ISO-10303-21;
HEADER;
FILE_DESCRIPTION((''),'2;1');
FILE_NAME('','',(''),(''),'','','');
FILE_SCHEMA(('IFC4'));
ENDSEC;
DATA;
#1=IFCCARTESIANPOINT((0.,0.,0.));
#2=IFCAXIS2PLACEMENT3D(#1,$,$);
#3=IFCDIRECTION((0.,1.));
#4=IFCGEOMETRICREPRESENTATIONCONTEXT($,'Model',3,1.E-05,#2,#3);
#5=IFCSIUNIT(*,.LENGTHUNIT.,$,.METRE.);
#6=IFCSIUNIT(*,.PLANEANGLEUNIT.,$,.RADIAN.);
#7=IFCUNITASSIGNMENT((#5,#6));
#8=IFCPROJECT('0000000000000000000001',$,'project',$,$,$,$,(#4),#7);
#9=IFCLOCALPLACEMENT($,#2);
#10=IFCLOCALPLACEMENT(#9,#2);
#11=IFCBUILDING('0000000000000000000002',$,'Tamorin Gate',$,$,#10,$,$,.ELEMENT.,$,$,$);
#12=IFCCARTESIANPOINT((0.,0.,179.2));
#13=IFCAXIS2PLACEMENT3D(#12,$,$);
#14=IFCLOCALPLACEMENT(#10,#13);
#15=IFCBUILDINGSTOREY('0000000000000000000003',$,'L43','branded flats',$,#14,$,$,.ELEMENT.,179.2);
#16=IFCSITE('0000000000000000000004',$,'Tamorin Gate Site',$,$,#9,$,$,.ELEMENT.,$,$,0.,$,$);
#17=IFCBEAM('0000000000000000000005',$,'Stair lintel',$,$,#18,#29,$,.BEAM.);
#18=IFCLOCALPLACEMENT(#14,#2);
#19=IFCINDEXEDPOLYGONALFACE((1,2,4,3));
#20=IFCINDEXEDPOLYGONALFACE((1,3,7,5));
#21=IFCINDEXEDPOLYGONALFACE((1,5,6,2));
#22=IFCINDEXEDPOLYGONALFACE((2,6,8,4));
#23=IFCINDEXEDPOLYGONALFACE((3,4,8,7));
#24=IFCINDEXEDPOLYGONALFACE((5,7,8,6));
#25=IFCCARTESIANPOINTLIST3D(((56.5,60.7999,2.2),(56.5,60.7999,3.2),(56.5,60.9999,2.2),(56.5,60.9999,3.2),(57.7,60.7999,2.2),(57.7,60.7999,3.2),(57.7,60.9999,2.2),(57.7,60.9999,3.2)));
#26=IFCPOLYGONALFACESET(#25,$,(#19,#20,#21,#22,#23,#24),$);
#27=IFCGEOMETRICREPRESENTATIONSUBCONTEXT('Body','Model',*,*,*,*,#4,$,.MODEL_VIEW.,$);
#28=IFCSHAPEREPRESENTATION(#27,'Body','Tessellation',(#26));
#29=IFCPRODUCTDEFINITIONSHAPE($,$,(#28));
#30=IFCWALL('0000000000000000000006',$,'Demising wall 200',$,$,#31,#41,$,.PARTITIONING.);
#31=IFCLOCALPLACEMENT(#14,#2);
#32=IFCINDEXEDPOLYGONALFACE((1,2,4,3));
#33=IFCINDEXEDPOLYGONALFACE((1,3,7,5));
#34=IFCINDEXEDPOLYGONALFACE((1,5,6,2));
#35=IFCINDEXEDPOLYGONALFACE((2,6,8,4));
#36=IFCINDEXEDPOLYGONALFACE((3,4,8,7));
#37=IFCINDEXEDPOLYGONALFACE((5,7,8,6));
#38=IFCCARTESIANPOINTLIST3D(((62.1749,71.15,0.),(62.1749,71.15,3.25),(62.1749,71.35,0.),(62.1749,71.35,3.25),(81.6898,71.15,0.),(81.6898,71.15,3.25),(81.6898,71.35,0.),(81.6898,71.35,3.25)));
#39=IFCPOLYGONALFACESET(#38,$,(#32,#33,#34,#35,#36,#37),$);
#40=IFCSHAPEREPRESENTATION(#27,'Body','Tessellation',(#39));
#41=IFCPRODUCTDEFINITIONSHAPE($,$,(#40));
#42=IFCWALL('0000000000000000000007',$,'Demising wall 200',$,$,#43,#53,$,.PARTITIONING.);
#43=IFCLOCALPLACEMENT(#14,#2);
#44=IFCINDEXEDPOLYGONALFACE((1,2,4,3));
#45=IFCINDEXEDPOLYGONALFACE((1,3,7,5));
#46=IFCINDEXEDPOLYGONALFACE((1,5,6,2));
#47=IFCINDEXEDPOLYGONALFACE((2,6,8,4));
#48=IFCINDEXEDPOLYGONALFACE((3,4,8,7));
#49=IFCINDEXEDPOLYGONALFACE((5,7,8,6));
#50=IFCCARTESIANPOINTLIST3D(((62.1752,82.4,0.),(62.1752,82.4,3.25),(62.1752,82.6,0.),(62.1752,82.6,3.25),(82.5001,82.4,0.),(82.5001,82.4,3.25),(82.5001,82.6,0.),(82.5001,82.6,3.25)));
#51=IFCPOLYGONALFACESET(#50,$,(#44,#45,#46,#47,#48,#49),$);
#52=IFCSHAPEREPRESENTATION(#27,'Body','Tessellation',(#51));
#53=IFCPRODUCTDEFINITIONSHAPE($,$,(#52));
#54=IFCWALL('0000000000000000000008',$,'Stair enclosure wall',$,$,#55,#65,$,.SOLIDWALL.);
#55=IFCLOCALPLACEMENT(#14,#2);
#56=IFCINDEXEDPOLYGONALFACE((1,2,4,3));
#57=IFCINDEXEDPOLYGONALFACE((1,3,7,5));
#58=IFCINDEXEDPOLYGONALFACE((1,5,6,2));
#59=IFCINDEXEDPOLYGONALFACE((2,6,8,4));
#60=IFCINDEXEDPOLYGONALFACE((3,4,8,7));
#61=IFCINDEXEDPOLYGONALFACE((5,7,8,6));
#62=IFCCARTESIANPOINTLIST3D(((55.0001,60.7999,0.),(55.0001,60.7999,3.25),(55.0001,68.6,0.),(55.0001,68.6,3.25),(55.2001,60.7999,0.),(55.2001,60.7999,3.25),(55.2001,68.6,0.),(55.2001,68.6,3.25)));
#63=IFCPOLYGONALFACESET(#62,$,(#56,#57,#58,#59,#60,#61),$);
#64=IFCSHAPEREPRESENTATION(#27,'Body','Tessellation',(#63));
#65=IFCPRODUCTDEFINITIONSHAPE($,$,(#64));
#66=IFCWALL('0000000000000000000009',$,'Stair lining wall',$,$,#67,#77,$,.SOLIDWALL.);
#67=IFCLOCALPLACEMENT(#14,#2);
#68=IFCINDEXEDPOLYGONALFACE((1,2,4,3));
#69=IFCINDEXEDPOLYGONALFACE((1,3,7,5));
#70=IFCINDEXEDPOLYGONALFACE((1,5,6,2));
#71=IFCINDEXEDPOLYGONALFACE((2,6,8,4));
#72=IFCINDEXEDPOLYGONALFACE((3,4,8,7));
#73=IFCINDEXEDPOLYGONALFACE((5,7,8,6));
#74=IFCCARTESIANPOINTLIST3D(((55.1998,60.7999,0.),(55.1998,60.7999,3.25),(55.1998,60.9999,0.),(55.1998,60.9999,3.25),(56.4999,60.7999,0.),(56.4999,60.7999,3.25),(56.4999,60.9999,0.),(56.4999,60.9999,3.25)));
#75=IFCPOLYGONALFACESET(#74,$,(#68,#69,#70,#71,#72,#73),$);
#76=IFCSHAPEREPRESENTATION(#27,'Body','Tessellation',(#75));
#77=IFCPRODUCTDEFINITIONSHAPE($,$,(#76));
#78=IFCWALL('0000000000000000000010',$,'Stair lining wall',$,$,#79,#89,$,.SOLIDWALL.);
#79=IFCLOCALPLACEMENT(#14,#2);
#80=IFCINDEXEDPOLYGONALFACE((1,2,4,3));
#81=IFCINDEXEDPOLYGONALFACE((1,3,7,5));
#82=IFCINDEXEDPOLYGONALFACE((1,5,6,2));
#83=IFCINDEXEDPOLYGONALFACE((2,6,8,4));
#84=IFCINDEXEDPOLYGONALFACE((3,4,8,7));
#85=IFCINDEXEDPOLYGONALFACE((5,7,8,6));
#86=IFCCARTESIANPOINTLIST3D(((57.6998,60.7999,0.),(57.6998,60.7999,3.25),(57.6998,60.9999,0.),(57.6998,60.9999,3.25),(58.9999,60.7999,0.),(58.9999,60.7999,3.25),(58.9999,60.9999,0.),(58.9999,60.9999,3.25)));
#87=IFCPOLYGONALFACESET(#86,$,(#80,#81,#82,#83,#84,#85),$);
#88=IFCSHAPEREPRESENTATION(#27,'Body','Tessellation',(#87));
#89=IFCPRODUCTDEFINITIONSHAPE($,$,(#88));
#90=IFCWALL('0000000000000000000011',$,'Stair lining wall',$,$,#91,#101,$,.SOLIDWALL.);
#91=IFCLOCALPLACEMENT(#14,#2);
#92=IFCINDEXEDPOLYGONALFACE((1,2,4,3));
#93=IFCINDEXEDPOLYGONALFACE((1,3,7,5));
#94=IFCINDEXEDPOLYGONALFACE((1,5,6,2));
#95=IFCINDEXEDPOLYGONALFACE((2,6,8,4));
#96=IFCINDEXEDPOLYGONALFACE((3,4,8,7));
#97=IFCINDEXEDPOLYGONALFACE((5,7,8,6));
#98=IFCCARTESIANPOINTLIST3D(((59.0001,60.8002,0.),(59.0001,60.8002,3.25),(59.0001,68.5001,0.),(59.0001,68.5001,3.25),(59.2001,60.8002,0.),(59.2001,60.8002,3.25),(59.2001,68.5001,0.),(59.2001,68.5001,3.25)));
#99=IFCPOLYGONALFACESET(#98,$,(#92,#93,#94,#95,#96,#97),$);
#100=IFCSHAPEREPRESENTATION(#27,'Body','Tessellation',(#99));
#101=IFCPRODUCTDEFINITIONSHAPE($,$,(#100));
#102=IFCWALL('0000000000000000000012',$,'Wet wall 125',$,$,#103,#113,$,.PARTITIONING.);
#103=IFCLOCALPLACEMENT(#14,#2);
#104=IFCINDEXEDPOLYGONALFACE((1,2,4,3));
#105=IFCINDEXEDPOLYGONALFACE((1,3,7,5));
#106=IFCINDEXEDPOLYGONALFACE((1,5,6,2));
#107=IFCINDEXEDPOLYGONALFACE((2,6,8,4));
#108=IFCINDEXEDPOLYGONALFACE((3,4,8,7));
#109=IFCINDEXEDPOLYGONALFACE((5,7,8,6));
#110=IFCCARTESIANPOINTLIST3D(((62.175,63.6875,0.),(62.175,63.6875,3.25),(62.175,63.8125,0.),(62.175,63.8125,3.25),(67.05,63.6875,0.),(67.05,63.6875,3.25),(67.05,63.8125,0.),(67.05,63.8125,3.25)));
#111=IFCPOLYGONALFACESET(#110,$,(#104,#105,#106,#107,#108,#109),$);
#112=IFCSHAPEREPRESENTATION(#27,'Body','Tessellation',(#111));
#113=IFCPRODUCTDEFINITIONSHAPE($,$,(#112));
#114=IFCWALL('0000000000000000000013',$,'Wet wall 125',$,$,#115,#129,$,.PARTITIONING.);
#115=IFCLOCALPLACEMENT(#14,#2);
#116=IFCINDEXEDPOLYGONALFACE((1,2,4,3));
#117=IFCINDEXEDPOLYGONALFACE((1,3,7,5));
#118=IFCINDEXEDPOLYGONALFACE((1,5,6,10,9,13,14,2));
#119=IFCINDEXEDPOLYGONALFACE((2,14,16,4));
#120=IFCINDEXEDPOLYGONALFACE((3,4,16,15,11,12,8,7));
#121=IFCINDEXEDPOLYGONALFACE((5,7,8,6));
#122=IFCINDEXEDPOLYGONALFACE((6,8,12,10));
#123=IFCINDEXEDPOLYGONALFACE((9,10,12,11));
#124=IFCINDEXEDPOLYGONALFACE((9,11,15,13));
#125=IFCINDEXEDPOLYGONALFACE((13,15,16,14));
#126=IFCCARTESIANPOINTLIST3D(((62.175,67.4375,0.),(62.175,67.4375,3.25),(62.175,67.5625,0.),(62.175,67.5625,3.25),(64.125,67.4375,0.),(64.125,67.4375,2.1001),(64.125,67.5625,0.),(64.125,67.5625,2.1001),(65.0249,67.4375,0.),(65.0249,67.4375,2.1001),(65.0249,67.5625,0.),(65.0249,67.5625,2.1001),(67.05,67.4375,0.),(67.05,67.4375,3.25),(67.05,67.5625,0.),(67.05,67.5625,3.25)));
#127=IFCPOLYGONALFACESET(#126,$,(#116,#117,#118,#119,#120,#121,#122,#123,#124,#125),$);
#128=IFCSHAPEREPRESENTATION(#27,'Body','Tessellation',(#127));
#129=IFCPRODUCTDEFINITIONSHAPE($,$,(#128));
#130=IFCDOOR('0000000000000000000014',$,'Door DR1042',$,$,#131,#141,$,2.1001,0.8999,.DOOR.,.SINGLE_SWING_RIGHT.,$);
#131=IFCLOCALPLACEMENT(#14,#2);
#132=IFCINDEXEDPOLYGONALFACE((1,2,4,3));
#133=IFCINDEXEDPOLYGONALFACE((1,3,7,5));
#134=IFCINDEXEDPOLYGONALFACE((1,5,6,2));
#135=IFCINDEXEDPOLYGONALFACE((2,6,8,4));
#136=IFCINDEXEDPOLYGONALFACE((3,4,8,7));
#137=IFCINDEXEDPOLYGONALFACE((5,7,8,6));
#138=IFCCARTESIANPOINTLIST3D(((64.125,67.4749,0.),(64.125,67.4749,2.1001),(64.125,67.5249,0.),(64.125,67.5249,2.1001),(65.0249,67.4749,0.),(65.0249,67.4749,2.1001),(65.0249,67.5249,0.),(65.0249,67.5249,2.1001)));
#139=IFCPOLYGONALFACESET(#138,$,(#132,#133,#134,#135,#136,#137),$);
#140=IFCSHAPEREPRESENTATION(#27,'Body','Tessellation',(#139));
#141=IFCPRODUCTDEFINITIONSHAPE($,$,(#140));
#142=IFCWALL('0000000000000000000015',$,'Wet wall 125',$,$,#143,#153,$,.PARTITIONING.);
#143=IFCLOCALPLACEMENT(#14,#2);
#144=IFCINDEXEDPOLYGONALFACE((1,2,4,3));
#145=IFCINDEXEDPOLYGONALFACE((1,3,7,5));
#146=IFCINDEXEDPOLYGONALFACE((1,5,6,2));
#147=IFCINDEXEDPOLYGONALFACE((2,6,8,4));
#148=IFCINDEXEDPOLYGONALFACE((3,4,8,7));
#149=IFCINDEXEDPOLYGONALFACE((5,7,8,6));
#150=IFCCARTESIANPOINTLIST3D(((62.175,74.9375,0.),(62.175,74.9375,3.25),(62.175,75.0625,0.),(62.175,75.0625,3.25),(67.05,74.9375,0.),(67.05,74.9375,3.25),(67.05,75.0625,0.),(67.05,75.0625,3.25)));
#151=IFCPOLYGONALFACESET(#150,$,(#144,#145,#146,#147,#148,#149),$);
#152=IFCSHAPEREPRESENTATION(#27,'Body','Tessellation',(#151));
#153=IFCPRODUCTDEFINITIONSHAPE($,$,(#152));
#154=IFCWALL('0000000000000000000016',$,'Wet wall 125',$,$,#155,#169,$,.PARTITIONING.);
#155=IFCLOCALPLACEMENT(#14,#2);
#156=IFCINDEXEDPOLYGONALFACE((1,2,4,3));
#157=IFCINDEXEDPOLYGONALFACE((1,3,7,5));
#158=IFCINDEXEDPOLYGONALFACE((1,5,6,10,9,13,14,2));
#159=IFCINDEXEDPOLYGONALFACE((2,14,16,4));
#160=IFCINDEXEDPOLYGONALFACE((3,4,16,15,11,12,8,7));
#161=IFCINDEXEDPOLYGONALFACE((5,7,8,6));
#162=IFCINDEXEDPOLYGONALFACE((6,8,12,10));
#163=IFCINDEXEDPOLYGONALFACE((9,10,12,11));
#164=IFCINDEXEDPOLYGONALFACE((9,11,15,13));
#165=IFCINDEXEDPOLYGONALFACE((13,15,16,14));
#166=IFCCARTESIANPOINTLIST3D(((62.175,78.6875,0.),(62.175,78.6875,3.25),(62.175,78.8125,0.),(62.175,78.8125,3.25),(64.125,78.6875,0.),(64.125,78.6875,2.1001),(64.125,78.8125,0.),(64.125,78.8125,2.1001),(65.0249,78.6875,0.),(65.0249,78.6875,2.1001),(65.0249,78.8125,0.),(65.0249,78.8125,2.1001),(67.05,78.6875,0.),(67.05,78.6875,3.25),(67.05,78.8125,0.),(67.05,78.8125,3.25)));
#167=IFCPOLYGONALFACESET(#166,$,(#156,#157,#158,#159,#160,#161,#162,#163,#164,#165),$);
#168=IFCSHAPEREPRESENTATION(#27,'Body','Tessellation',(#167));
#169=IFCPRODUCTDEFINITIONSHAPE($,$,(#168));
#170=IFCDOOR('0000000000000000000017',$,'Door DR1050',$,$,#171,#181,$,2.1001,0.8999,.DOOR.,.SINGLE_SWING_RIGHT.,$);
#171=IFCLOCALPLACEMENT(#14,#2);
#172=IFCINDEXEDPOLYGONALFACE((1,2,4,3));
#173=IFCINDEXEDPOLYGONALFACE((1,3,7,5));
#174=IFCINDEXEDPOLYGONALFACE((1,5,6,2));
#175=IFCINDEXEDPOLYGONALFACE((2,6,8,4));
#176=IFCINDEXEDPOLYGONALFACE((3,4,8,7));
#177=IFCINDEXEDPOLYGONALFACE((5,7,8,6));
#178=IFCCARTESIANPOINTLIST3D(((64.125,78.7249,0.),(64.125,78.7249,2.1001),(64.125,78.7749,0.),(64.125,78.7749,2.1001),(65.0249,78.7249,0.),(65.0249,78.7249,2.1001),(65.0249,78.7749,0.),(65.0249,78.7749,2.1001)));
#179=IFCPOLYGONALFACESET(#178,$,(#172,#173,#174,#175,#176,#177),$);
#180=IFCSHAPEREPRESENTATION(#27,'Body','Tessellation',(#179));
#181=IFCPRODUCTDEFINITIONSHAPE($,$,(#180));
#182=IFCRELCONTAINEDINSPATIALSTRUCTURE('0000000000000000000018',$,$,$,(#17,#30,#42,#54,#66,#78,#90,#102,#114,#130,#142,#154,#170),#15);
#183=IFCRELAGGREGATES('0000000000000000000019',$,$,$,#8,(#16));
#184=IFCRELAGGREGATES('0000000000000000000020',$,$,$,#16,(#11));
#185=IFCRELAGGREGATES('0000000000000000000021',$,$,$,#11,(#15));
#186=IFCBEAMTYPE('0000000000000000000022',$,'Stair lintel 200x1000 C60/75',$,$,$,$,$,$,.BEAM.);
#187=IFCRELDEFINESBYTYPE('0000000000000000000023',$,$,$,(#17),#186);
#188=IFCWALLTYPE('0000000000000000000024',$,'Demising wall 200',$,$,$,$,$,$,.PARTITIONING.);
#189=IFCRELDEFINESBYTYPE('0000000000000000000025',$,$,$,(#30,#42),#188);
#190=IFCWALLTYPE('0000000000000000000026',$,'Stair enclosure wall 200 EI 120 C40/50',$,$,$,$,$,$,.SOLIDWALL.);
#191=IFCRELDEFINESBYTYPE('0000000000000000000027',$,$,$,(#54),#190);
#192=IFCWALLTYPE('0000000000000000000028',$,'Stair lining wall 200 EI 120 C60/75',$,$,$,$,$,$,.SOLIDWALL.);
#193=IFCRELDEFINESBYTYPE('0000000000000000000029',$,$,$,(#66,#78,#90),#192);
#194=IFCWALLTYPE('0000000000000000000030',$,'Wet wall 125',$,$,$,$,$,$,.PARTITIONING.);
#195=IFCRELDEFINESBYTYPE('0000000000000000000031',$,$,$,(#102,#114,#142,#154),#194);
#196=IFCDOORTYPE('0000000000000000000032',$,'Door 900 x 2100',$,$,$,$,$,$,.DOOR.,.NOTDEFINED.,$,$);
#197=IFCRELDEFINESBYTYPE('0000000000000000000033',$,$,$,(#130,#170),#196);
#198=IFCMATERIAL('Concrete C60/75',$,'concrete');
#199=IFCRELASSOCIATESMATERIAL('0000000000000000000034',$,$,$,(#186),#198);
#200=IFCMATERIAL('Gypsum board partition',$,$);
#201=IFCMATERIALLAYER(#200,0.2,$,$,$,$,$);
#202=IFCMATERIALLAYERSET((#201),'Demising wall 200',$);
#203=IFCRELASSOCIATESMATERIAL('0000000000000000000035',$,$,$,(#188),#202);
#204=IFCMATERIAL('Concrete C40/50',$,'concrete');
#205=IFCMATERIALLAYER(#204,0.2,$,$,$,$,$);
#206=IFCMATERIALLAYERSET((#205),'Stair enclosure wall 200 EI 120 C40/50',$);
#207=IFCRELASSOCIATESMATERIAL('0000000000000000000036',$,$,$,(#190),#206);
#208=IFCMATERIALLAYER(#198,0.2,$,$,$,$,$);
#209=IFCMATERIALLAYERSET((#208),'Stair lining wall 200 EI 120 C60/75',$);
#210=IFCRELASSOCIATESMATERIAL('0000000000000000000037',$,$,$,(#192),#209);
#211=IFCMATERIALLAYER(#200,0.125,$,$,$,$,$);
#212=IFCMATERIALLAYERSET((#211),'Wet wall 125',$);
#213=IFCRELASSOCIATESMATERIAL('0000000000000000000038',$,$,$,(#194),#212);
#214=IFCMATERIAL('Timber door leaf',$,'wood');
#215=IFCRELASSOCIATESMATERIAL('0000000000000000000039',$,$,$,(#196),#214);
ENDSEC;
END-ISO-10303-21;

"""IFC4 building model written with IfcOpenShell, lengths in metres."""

from ifc_helpers import new_model, si_unit, direction, frame, frame_2d, origin, origin_2d, place, context, subcontext, project, spatial, rectangle, extrude, material, layer, layer_set, material_profile, profile_set, type_object, element, fill, save


model = new_model("IFC4")

# Units and contexts
model_context = context("Model", 3, precision=1e-05, world=origin(), true_north=direction((0.0, 1.0)))
body_context = subcontext(model_context, "Body", "Model", "MODEL_VIEW")
ifc_project = project(units=[si_unit("LENGTHUNIT", "METRE"), si_unit("PLANEANGLEUNIT", "RADIAN")], contexts=[model_context])

# Site, building, storey
site_placement = place(None, origin())
site = spatial("IfcSite", under=ifc_project, at=site_placement, Name="Tamorin Gate Site", CompositionType="ELEMENT", RefElevation=0.0)
building_placement = place(site_placement, origin())
building = spatial("IfcBuilding", under=site, at=building_placement, Name="Tamorin Gate", CompositionType="ELEMENT")
storey_placement = place(building_placement, frame((0.0, 0.0, 179.2)))
storey = spatial("IfcBuildingStorey", under=building, at=storey_placement, Name="L43", Description="branded flats", CompositionType="ELEMENT", Elevation=179.2)

# Beam
ifc_material_1 = material(Name="Concrete C60/75", Category="concrete")
ifc_material_profile = material_profile(ifc_material_1, rectangle(XDim=0.2, YDim=1.0, at=origin_2d()))
ifc_profile_set = profile_set([ifc_material_profile], Name="Concrete C60/75")
beam_type = type_object("IfcBeamType", Name="Stair lintel 200x1000 C60/75", PredefinedType="BEAM", material=ifc_profile_set)
beam_placement = place(storey_placement, frame((56.5, 60.8999, 2.7), z_axis=(1.0, 0.0, 0.0), x_axis=(0.0, 1.0, 0.0)))
element("IfcBeam", 1, at=beam_placement, inside=storey, type_object=beam_type, Name="Stair lintel", PredefinedType="BEAM", context=body_context, shape_type="SweptSolid", body=[
    extrude(rectangle(XDim=0.2, YDim=1.0, at=origin_2d()), origin(), (0.0, 0.0, 1.0), 1.2),
])

# Walls
ifc_material_2 = material(Name="Gypsum board partition")
ifc_layer_1 = layer(ifc_material_2, 0.2)
ifc_layer_set_1 = layer_set([ifc_layer_1], Name="Demising wall 200")
wall_type_1 = type_object("IfcWallType", Name="Demising wall 200", PredefinedType="PARTITIONING", material=ifc_layer_set_1)
wall_1_placement = place(storey_placement, frame((62.175, 71.25, 0.0), z_axis=(0.0, 0.0, 1.0), x_axis=(1.0, 0.0, 0.0)))
element("IfcWall", 2, at=wall_1_placement, inside=storey, type_object=wall_type_1, Name="Demising wall 200", PredefinedType="PARTITIONING", context=body_context, shape_type="SweptSolid", body=[
    extrude(rectangle(XDim=19.5149, YDim=0.2, at=frame_2d((9.7573, 0.0))), origin(), (0.0, 0.0, 1.0), 3.25),
])
wall_2_placement = place(storey_placement, frame((62.175, 82.5, 0.0), z_axis=(0.0, 0.0, 1.0), x_axis=(1.0, 0.0, 0.0)))
element("IfcWall", 3, at=wall_2_placement, inside=storey, type_object=wall_type_1, Name="Demising wall 200", PredefinedType="PARTITIONING", context=body_context, shape_type="SweptSolid", body=[
    extrude(rectangle(XDim=20.325, YDim=0.2, at=frame_2d((10.1626, 0.0))), origin(), (0.0, 0.0, 1.0), 3.25),
])
ifc_material_3 = material(Name="Concrete C40/50", Category="concrete")
ifc_layer_2 = layer(ifc_material_3, 0.2)
ifc_layer_set_2 = layer_set([ifc_layer_2], Name="Stair enclosure wall 200 EI 120 C40/50")
wall_type_2 = type_object("IfcWallType", Name="Stair enclosure wall 200 EI 120 C40/50", PredefinedType="SOLIDWALL", material=ifc_layer_set_2)
wall_3_placement = place(storey_placement, frame((55.1001, 60.8, 0.0), z_axis=(0.0, 0.0, 1.0), x_axis=(0.0, 1.0, 0.0)))
element("IfcWall", 4, at=wall_3_placement, inside=storey, type_object=wall_type_2, Name="Stair enclosure wall", PredefinedType="SOLIDWALL", context=body_context, shape_type="SweptSolid", body=[
    extrude(rectangle(XDim=7.8, YDim=0.2, at=frame_2d((3.8999, 0.0))), origin(), (0.0, 0.0, 1.0), 3.25),
])
ifc_layer_3 = layer(ifc_material_1, 0.2)
ifc_layer_set_3 = layer_set([ifc_layer_3], Name="Stair lining wall 200 EI 120 C60/75")
wall_type_3 = type_object("IfcWallType", Name="Stair lining wall 200 EI 120 C60/75", PredefinedType="SOLIDWALL", material=ifc_layer_set_3)
for number, where, z_axis, x_axis, name in (
    (5, (55.2, 60.8999, 0.0), (0.0, 0.0, 1.0), (1.0, 0.0, 0.0), "Stair lining wall"),
    (6, (57.7, 60.8999, 0.0), (0.0, 0.0, 1.0), (1.0, 0.0, 0.0), "Stair lining wall"),
):
    element("IfcWall", number, at=place(storey_placement, frame(where, z_axis=z_axis, x_axis=x_axis)), inside=storey, type_object=wall_type_3, Name=name, PredefinedType="SOLIDWALL", context=body_context, shape_type="SweptSolid", body=[
        extrude(rectangle(XDim=1.3, YDim=0.2, at=frame_2d((0.6499, 0.0))), origin(), (0.0, 0.0, 1.0), 3.25),
    ])
wall_4_placement = place(storey_placement, frame((59.1001, 60.8, 0.0), z_axis=(0.0, 0.0, 1.0), x_axis=(0.0, 1.0, 0.0)))
element("IfcWall", 7, at=wall_4_placement, inside=storey, type_object=wall_type_3, Name="Stair lining wall", PredefinedType="SOLIDWALL", context=body_context, shape_type="SweptSolid", body=[
    extrude(rectangle(XDim=7.7, YDim=0.2, at=frame_2d((3.8501, 0.0))), origin(), (0.0, 0.0, 1.0), 3.25),
])
ifc_layer_4 = layer(ifc_material_2, 0.125)
ifc_layer_set_4 = layer_set([ifc_layer_4], Name="Wet wall 125")
wall_type_4 = type_object("IfcWallType", Name="Wet wall 125", PredefinedType="PARTITIONING", material=ifc_layer_set_4)
wall_5_placement = place(storey_placement, frame((62.175, 63.75, 0.0), z_axis=(0.0, 0.0, 1.0), x_axis=(1.0, 0.0, 0.0)))
element("IfcWall", 8, at=wall_5_placement, inside=storey, type_object=wall_type_4, Name="Wet wall 125", PredefinedType="PARTITIONING", context=body_context, shape_type="SweptSolid", body=[
    extrude(rectangle(XDim=4.875, YDim=0.125, at=frame_2d((2.4375, 0.0))), origin(), (0.0, 0.0, 1.0), 3.25),
])

# Wall, opening, door
wall_6_placement = place(storey_placement, frame((62.175, 67.5, 0.0), z_axis=(0.0, 0.0, 1.0), x_axis=(1.0, 0.0, 0.0)))
wall_6 = element("IfcWall", 9, at=wall_6_placement, inside=storey, type_object=wall_type_4, Name="Wet wall 125", PredefinedType="PARTITIONING", context=body_context, shape_type="SweptSolid", body=[
    extrude(rectangle(XDim=4.875, YDim=0.125, at=frame_2d((2.4375, 0.0))), origin(), (0.0, 0.0, 1.0), 3.25),
])
opening_1_placement = place(wall_6_placement, frame((1.95, 0.0, 0.0)))
opening_1 = element("IfcOpeningElement", 10, at=opening_1_placement, cuts=wall_6, PredefinedType="OPENING", context=body_context, shape_type="SweptSolid", body=[
    extrude(rectangle(XDim=0.8999, YDim=2.1001, at=frame_2d((0.45, 1.05))), frame((0.0, 0.0725, 0.0), z_axis=(0.0, -1.0, 0.0), x_axis=(1.0, 0.0, 0.0)), (0.0, 0.0, 1.0), 0.145),
])
ifc_material_4 = material(Name="Timber door leaf", Category="wood")
door_type = type_object("IfcDoorType", Name="Door 900 x 2100", OperationType="NOTDEFINED", PredefinedType="DOOR", material=ifc_material_4)
door_1_placement = place(opening_1_placement, origin())
door_1 = element("IfcDoor", 11, at=door_1_placement, inside=storey, type_object=door_type, Name="Door DR1042", OperationType="SINGLE_SWING_RIGHT", OverallHeight=2.1001, OverallWidth=0.8999, PredefinedType="DOOR", context=body_context, shape_type="SweptSolid", body=[
    extrude(rectangle(XDim=0.8999, YDim=2.1001, at=frame_2d((0.45, 1.05))), frame((0.0, 0.0249, 0.0), z_axis=(0.0, -1.0, 0.0), x_axis=(1.0, 0.0, 0.0)), (0.0, 0.0, 1.0), 0.05),
])
fill(opening_1, door_1)

# Wall
wall_7_placement = place(storey_placement, frame((62.175, 75.0, 0.0), z_axis=(0.0, 0.0, 1.0), x_axis=(1.0, 0.0, 0.0)))
element("IfcWall", 12, at=wall_7_placement, inside=storey, type_object=wall_type_4, Name="Wet wall 125", PredefinedType="PARTITIONING", context=body_context, shape_type="SweptSolid", body=[
    extrude(rectangle(XDim=4.875, YDim=0.125, at=frame_2d((2.4375, 0.0))), origin(), (0.0, 0.0, 1.0), 3.25),
])

# Wall, opening, door
wall_8_placement = place(storey_placement, frame((62.175, 78.75, 0.0), z_axis=(0.0, 0.0, 1.0), x_axis=(1.0, 0.0, 0.0)))
wall_8 = element("IfcWall", 13, at=wall_8_placement, inside=storey, type_object=wall_type_4, Name="Wet wall 125", PredefinedType="PARTITIONING", context=body_context, shape_type="SweptSolid", body=[
    extrude(rectangle(XDim=4.875, YDim=0.125, at=frame_2d((2.4375, 0.0))), origin(), (0.0, 0.0, 1.0), 3.25),
])
opening_2_placement = place(wall_8_placement, frame((1.95, 0.0, 0.0)))
opening_2 = element("IfcOpeningElement", 14, at=opening_2_placement, cuts=wall_8, PredefinedType="OPENING", context=body_context, shape_type="SweptSolid", body=[
    extrude(rectangle(XDim=0.8999, YDim=2.1001, at=frame_2d((0.45, 1.05))), frame((0.0, 0.0725, 0.0), z_axis=(0.0, -1.0, 0.0), x_axis=(1.0, 0.0, 0.0)), (0.0, 0.0, 1.0), 0.145),
])
door_2_placement = place(opening_2_placement, origin())
door_2 = element("IfcDoor", 15, at=door_2_placement, inside=storey, type_object=door_type, Name="Door DR1050", OperationType="SINGLE_SWING_RIGHT", OverallHeight=2.1001, OverallWidth=0.8999, PredefinedType="DOOR", context=body_context, shape_type="SweptSolid", body=[
    extrude(rectangle(XDim=0.8999, YDim=2.1001, at=frame_2d((0.45, 1.05))), frame((0.0, 0.0249, 0.0), z_axis=(0.0, -1.0, 0.0), x_axis=(1.0, 0.0, 0.0)), (0.0, 0.0, 1.0), 0.05),
])
fill(opening_2, door_2)

save(model, "model.ifc")
